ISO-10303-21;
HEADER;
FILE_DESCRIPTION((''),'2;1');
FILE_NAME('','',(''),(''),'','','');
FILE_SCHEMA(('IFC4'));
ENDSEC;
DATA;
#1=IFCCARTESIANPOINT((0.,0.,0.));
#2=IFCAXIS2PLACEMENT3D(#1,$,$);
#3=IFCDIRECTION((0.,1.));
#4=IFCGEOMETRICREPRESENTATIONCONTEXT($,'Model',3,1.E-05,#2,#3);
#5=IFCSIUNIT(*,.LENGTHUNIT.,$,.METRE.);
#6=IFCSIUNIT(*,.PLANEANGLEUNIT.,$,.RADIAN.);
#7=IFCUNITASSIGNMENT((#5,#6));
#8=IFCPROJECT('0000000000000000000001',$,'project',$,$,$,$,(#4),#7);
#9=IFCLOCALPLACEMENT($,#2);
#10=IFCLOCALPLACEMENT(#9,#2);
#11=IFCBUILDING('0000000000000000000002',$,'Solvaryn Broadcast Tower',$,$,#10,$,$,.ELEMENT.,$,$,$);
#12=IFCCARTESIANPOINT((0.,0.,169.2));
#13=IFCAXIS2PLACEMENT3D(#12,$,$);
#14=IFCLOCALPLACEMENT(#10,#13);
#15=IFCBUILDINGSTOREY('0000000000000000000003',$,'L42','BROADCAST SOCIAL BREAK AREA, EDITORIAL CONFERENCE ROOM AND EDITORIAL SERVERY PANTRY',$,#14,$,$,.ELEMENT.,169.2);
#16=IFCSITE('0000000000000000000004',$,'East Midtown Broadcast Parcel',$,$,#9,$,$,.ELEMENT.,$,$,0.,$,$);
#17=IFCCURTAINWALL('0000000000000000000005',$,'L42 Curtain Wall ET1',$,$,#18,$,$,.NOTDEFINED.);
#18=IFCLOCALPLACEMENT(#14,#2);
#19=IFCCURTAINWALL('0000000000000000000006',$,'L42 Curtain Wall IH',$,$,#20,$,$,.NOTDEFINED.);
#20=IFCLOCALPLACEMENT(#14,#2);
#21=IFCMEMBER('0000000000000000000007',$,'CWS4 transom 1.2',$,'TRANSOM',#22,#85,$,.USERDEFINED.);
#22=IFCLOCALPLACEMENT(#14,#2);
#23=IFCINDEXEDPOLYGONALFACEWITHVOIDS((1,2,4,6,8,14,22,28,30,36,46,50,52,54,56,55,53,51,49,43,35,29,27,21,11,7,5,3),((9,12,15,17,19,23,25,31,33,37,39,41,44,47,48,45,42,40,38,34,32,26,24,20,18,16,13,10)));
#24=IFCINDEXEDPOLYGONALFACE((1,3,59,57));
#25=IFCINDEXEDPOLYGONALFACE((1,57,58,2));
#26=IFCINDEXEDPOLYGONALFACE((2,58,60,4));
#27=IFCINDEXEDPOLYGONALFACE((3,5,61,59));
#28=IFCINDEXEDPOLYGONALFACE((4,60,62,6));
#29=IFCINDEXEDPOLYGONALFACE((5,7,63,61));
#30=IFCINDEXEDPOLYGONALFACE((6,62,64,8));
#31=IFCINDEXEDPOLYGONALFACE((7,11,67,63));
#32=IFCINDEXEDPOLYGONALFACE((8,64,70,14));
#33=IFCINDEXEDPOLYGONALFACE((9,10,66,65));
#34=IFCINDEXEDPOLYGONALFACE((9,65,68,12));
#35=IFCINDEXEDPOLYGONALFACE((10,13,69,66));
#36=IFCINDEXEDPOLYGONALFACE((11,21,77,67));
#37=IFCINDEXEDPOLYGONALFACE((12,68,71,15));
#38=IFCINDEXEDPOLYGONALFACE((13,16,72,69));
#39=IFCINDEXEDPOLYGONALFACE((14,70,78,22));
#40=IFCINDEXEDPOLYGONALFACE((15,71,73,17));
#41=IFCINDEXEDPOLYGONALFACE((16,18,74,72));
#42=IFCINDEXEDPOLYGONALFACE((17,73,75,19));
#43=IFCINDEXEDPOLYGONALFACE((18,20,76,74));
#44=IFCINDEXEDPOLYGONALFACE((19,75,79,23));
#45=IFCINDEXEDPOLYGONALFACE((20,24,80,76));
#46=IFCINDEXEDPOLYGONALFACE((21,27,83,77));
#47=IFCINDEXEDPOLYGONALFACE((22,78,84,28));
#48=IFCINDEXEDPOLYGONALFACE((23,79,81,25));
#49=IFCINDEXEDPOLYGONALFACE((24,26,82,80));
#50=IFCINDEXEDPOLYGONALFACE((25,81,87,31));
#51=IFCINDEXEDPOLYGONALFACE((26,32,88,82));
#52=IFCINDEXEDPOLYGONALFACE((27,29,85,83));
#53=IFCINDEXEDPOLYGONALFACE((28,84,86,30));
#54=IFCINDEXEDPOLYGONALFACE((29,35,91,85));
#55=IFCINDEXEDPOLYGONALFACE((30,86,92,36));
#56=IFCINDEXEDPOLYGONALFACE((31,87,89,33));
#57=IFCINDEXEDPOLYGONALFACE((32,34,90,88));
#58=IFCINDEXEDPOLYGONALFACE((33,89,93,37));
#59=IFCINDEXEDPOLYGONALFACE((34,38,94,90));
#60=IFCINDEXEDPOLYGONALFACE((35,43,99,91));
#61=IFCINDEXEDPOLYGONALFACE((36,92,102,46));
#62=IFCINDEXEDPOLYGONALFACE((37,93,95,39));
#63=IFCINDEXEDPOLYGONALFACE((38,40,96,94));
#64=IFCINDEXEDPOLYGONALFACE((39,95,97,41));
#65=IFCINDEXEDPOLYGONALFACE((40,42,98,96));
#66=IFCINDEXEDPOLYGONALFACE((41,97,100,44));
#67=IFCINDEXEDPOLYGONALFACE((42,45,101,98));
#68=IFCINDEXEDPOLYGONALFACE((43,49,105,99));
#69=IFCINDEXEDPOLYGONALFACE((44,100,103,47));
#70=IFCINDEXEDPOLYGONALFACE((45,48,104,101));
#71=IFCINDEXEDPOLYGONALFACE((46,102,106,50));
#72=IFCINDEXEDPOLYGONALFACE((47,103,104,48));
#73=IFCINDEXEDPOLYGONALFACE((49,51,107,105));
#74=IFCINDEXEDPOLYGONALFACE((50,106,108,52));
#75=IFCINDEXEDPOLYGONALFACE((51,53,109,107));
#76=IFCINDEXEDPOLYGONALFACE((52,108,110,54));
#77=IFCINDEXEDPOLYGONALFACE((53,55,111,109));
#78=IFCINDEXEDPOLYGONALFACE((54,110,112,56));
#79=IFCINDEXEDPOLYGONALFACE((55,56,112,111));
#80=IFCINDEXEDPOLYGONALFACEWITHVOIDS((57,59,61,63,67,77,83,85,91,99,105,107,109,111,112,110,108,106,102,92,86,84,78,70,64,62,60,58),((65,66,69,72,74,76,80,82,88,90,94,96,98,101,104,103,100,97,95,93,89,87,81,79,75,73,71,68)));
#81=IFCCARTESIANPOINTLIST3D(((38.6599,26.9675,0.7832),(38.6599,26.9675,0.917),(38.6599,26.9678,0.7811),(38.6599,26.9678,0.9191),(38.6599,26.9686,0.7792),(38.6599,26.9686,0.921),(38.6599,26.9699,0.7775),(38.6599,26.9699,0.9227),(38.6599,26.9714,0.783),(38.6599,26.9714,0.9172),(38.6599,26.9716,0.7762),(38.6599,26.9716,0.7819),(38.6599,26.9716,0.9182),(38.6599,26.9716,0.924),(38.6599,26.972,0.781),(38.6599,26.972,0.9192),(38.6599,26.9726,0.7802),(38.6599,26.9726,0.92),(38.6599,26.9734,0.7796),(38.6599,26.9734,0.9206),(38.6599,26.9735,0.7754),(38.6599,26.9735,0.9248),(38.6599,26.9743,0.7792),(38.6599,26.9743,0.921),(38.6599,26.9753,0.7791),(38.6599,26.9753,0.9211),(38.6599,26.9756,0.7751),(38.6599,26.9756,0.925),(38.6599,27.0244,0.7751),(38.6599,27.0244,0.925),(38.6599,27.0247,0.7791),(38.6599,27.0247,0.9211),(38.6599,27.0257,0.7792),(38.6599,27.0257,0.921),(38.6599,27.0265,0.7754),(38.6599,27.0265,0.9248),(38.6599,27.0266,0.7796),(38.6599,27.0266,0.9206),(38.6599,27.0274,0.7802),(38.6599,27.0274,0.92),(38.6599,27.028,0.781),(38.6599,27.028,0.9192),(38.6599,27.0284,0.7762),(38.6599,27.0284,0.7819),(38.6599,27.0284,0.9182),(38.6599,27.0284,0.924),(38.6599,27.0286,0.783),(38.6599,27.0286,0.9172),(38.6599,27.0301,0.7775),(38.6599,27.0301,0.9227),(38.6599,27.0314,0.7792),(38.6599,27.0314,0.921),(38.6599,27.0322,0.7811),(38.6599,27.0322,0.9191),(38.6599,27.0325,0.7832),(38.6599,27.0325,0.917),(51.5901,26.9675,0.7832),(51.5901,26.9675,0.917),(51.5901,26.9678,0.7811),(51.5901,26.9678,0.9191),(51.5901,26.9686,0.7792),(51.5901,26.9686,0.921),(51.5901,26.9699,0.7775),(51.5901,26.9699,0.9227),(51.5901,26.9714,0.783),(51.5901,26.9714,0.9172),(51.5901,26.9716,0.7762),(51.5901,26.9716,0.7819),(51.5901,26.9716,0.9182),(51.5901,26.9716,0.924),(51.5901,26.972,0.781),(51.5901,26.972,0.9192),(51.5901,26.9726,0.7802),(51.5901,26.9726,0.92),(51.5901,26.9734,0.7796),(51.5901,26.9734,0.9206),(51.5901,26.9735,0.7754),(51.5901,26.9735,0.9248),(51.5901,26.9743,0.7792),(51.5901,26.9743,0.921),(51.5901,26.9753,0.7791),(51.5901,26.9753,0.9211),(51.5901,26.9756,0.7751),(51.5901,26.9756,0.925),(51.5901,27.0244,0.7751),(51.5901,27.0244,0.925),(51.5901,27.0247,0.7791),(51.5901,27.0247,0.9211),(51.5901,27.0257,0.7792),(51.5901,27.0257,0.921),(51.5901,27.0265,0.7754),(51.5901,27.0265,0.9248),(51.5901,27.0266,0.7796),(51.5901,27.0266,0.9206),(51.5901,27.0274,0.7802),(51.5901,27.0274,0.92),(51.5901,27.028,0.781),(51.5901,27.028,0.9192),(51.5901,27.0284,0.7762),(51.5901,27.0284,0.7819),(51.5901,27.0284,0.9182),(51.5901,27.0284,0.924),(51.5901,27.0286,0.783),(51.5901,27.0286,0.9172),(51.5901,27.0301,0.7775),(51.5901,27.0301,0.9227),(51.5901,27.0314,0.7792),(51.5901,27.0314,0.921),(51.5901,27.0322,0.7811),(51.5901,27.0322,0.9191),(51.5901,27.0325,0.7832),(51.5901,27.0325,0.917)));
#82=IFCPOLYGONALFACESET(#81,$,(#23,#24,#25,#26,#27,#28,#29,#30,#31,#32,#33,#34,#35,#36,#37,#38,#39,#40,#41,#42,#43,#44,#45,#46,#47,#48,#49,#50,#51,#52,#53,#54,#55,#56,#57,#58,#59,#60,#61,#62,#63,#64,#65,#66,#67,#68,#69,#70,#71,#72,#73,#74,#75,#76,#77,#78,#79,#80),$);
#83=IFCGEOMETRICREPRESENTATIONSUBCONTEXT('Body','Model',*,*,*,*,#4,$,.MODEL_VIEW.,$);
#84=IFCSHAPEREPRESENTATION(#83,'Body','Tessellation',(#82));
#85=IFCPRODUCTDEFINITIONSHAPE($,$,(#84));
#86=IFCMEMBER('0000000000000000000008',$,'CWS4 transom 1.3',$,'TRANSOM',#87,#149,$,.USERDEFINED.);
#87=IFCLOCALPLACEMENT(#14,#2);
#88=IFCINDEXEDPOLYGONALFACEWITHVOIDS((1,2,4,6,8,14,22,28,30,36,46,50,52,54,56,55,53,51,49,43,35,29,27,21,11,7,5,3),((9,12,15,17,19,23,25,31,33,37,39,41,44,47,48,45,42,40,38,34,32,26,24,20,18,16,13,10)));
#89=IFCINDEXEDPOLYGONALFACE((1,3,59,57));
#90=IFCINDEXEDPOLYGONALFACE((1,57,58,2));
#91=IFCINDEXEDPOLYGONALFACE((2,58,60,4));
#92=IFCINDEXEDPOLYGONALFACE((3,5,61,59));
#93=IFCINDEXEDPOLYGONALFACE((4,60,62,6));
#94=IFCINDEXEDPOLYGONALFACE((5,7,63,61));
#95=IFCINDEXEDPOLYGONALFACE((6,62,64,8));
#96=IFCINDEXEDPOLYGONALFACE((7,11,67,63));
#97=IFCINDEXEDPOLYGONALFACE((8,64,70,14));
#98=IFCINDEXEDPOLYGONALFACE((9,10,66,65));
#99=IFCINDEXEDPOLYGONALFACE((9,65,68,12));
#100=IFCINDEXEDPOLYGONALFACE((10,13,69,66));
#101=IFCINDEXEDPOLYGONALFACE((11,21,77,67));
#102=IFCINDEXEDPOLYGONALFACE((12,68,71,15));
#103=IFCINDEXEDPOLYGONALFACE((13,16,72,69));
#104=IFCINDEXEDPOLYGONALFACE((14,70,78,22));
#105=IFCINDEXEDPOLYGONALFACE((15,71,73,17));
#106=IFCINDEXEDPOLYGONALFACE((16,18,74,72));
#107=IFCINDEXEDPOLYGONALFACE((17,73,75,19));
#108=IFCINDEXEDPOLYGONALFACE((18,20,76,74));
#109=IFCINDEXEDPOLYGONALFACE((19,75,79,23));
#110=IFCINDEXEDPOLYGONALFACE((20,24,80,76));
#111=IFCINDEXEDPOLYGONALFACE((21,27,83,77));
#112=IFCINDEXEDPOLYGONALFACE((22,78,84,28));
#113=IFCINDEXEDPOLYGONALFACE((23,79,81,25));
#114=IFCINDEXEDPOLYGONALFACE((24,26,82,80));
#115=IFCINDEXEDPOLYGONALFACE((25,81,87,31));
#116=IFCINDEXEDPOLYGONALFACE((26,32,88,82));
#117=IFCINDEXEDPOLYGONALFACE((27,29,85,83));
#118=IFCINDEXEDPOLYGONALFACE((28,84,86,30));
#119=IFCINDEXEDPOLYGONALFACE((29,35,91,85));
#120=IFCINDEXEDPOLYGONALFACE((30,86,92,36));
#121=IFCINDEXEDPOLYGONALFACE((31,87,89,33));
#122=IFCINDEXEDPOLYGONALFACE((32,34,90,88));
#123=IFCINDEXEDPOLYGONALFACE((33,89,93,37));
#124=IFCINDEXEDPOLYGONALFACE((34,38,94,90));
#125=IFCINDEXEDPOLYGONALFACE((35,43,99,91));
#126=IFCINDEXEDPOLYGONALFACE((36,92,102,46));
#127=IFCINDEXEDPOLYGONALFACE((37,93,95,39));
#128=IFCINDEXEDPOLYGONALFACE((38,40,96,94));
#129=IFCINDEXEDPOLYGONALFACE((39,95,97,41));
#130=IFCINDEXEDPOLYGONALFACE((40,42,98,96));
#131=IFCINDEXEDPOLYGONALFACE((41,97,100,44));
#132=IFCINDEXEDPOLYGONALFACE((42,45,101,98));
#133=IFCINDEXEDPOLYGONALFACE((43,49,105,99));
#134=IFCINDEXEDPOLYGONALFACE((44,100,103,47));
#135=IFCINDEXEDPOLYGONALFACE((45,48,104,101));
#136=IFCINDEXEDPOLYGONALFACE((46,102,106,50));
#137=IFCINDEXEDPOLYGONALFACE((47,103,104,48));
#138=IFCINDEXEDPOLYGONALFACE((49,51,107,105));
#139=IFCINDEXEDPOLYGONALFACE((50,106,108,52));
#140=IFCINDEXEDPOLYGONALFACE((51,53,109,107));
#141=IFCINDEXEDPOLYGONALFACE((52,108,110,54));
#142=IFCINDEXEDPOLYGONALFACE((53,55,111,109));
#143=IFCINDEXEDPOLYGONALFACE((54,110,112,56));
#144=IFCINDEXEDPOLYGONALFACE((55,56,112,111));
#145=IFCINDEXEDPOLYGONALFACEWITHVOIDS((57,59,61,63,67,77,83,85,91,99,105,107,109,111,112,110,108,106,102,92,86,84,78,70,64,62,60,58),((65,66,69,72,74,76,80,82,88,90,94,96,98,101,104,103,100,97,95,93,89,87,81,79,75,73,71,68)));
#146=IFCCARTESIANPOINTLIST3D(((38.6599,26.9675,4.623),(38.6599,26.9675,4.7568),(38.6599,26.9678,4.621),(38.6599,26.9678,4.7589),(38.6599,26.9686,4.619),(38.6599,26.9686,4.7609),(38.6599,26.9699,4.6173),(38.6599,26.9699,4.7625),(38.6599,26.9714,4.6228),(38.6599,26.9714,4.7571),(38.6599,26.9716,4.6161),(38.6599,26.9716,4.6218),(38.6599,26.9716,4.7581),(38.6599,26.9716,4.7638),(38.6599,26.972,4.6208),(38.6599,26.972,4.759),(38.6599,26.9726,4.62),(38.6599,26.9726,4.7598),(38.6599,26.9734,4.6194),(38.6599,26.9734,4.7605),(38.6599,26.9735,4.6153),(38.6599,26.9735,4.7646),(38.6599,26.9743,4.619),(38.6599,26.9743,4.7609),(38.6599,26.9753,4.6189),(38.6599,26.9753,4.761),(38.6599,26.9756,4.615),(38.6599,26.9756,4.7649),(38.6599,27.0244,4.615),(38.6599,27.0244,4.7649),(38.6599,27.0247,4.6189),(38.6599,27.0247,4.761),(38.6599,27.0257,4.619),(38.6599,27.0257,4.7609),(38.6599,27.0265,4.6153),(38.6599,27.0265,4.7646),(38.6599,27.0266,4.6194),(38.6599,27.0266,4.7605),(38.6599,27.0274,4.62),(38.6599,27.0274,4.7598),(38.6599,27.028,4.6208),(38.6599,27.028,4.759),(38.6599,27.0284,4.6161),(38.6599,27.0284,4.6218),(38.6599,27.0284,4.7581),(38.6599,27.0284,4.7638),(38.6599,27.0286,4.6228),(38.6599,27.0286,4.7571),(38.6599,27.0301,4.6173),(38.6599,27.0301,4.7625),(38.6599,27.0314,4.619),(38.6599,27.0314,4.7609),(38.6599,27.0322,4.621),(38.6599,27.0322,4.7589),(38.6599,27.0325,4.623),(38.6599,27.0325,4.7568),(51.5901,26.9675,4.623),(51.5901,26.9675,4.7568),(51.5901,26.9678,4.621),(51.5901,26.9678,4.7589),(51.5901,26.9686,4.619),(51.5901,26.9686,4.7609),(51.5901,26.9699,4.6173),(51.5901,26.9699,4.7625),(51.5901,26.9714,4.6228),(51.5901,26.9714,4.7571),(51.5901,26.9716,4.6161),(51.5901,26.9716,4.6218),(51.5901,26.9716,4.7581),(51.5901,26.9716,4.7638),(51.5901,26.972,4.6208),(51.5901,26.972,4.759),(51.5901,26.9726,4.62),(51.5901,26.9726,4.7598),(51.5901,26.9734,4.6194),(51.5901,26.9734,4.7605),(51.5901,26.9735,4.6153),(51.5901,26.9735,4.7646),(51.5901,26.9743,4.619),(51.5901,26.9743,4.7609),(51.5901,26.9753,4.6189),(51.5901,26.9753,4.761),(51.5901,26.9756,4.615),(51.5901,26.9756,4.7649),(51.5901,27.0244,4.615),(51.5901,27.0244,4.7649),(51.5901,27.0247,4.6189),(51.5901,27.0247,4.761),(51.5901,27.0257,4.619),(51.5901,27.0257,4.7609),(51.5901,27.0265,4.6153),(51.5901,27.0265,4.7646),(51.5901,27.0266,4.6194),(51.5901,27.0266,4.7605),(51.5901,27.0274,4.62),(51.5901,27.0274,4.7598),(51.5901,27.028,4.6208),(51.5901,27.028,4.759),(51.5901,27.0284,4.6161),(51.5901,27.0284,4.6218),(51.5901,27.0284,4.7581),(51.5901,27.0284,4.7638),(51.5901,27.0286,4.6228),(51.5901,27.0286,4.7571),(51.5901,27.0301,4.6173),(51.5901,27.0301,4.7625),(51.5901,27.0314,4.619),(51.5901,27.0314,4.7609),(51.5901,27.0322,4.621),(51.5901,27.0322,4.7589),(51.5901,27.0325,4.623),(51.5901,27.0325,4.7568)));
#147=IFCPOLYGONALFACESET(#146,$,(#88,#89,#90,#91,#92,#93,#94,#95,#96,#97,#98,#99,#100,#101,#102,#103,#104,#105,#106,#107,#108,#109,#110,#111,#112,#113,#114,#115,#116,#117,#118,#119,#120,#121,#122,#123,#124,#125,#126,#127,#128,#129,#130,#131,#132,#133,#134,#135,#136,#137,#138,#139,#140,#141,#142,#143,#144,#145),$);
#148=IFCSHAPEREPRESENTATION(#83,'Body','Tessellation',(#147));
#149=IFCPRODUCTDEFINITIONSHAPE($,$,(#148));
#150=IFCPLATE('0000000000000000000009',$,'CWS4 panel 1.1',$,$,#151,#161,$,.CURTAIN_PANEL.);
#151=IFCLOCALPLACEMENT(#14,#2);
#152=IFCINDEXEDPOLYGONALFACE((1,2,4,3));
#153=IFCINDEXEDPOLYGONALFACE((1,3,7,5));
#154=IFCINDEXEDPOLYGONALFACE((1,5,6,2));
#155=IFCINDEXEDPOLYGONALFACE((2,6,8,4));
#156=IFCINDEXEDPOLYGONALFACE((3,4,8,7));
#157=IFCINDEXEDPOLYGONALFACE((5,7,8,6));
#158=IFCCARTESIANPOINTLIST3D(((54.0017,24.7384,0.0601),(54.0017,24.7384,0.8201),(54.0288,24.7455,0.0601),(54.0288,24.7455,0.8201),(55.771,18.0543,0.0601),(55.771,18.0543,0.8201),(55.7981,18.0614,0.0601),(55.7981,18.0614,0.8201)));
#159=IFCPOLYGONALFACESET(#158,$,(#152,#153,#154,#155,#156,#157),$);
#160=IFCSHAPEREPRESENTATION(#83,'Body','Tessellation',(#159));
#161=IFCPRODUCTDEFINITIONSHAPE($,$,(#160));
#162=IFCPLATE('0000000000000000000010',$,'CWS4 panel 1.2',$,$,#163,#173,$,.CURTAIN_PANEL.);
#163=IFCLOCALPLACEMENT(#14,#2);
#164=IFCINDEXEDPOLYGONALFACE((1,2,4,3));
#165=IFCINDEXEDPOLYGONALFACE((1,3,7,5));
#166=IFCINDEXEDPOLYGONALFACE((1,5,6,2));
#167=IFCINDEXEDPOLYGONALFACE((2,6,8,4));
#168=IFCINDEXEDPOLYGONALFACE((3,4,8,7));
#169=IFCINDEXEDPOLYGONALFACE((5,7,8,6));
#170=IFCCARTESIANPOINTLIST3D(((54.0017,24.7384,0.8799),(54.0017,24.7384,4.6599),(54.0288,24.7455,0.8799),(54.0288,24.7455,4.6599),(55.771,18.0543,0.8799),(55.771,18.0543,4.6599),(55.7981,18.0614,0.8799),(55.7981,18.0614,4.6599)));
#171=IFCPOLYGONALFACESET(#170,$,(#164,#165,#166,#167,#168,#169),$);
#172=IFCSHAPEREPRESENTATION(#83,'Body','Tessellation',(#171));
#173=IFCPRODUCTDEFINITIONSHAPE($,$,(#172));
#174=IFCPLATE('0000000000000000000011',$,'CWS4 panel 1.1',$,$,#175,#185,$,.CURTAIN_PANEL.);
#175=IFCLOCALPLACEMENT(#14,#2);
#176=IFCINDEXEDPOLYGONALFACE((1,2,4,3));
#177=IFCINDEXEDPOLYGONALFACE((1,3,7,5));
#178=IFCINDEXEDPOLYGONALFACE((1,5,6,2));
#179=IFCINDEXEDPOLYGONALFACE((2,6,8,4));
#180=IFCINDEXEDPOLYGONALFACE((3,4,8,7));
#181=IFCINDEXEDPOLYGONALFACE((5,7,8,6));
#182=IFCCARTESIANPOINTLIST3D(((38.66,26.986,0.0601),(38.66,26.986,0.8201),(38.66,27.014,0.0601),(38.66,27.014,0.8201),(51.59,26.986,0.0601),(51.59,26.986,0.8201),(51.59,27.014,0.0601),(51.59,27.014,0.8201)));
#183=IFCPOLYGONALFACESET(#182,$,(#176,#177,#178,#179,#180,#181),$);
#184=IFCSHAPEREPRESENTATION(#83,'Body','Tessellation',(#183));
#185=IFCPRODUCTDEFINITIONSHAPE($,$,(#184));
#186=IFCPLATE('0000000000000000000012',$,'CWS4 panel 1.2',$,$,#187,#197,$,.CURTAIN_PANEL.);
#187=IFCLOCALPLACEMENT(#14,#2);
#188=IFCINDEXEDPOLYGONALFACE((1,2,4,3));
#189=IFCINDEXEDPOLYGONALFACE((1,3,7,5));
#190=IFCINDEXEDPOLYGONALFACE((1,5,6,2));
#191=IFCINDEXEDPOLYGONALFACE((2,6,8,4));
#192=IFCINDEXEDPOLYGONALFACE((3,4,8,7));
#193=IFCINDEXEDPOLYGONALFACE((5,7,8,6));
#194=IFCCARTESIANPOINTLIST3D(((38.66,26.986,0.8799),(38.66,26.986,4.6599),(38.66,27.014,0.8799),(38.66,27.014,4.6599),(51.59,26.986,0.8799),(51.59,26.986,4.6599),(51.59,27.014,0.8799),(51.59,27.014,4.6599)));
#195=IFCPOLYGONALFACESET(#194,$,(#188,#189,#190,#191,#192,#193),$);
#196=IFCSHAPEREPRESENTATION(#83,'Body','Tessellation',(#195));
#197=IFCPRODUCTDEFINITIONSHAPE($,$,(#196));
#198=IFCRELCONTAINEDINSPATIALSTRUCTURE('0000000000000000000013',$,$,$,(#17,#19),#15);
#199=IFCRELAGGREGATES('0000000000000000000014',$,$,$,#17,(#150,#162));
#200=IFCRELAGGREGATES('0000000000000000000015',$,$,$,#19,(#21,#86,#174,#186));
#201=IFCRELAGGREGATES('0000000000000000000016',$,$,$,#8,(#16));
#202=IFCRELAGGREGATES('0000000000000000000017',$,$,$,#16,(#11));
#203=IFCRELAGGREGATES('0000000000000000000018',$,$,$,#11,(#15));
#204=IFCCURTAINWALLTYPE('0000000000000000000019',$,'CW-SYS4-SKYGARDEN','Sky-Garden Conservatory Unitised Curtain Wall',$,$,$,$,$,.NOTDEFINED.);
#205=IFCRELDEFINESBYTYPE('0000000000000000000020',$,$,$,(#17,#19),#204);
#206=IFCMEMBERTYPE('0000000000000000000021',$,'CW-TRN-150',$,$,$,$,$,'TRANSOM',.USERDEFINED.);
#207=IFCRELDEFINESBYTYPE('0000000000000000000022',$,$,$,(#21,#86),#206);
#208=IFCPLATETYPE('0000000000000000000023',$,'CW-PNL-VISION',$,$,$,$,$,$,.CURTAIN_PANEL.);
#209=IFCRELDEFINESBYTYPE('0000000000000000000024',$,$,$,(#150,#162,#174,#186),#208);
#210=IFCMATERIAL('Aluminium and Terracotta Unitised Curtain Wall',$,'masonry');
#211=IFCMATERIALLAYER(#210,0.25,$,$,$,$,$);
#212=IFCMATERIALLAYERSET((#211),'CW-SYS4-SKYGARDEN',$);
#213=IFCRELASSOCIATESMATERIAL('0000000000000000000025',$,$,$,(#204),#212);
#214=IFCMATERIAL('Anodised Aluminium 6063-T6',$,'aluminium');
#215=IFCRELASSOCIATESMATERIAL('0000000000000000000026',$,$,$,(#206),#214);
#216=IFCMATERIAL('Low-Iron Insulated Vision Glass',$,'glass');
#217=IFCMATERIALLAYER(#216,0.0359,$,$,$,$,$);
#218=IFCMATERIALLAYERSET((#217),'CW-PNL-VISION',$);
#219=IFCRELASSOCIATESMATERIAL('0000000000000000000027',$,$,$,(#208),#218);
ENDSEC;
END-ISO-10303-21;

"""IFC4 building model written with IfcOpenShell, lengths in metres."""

from ifc_helpers import new_model, si_unit, direction, frame, origin, origin_2d, place, context, subcontext, project, spatial, rectangle, hollow_rectangle, extrude, material, layer, layer_set, material_profile, profile_set, type_object, element, aggregate, save


model = new_model("IFC4")

# Units and contexts
model_context = context("Model", 3, precision=1e-05, world=origin(), true_north=direction((0.0, 1.0)))
body_context = subcontext(model_context, "Body", "Model", "MODEL_VIEW")
ifc_project = project(units=[si_unit("LENGTHUNIT", "METRE"), si_unit("PLANEANGLEUNIT", "RADIAN")], contexts=[model_context])

# Site, building, storey
site_placement = place(None, origin())
site = spatial("IfcSite", under=ifc_project, at=site_placement, Name="East Midtown Broadcast Parcel", CompositionType="ELEMENT", RefElevation=0.0)
building_placement = place(site_placement, origin())
building = spatial("IfcBuilding", under=site, at=building_placement, Name="Solvaryn Broadcast Tower", CompositionType="ELEMENT")
storey_placement = place(building_placement, frame((0.0, 0.0, 169.2)))
storey = spatial("IfcBuildingStorey", under=building, at=storey_placement, Name="L42", Description="BROADCAST SOCIAL BREAK AREA, EDITORIAL CONFERENCE ROOM AND EDITORIAL SERVERY PANTRY", CompositionType="ELEMENT", Elevation=169.2)

# Curtain walls
ifc_material_1 = material(Name="Aluminium and Terracotta Unitised Curtain Wall", Category="masonry")
ifc_layer_1 = layer(ifc_material_1, 0.25)
ifc_layer_set_1 = layer_set([ifc_layer_1], Name="CW-SYS4-SKYGARDEN")
curtain_wall_type = type_object("IfcCurtainWallType", Name="CW-SYS4-SKYGARDEN", Description="Sky-Garden Conservatory Unitised Curtain Wall", PredefinedType="NOTDEFINED", material=ifc_layer_set_1)
curtain_wall_1_placement = place(storey_placement, origin())
curtain_wall_1 = element("IfcCurtainWall", 1, at=curtain_wall_1_placement, inside=storey, type_object=curtain_wall_type, Name="L42 Curtain Wall ET1", PredefinedType="NOTDEFINED")
curtain_wall_2_placement = place(storey_placement, origin())
curtain_wall_2 = element("IfcCurtainWall", 2, at=curtain_wall_2_placement, inside=storey, type_object=curtain_wall_type, Name="L42 Curtain Wall IH", PredefinedType="NOTDEFINED")

# Members
ifc_material_2 = material(Name="Anodised Aluminium 6063-T6", Category="aluminium")
ifc_material_profile_1 = material_profile(ifc_material_2, hollow_rectangle(XDim=0.0649, YDim=0.1499, WallThickness=0.0039, InnerFilletRadius=0.0039, OuterFilletRadius=0.0081, at=origin_2d()))
ifc_profile_set_1 = profile_set([ifc_material_profile_1], Name="Anodised Aluminium 6063-T6")
member_type_1 = type_object("IfcMemberType", Name="CW-TRN-150", ElementType="TRANSOM", PredefinedType="USERDEFINED", material=ifc_profile_set_1)
member_1_placement = place(storey_placement, frame((38.6599, 27.0, 0.8501), z_axis=(1.0, 0.0, 0.0), x_axis=(0.0, 1.0, 0.0)))
member_1 = element("IfcMember", 3, at=member_1_placement, type_object=member_type_1, Name="CWS4 transom 1.2", ObjectType="TRANSOM", PredefinedType="USERDEFINED", context=body_context, shape_type="SweptSolid", body=[
    extrude(hollow_rectangle(XDim=0.0649, YDim=0.1499, WallThickness=0.0039, InnerFilletRadius=0.0039, OuterFilletRadius=0.0081, at=origin_2d()), origin(), (0.0, 0.0, 1.0), 12.9302),
])
member_2_placement = place(storey_placement, frame((38.6599, 27.0, 4.6899), z_axis=(1.0, 0.0, 0.0), x_axis=(0.0, 1.0, 0.0)))
member_2 = element("IfcMember", 4, at=member_2_placement, type_object=member_type_1, Name="CWS4 transom 1.3", ObjectType="TRANSOM", PredefinedType="USERDEFINED", context=body_context, shape_type="SweptSolid", body=[
    extrude(hollow_rectangle(XDim=0.0649, YDim=0.1499, WallThickness=0.0039, InnerFilletRadius=0.0039, OuterFilletRadius=0.0081, at=origin_2d()), origin(), (0.0, 0.0, 1.0), 12.9302),
])

# Plates
ifc_material_3 = material(Name="Low-Iron Insulated Vision Glass", Category="glass")
ifc_layer_2 = layer(ifc_material_3, 0.0359)
ifc_layer_set_2 = layer_set([ifc_layer_2], Name="CW-PNL-VISION")
plate_type = type_object("IfcPlateType", Name="CW-PNL-VISION", PredefinedType="CURTAIN_PANEL", material=ifc_layer_set_2)
plate_1_placement = place(storey_placement, frame((54.8999, 21.3999, 0.0601), z_axis=(0.0, 0.0, 1.0), x_axis=(0.255893, -0.966705, 0.0)))
plate_1 = element("IfcPlate", 5, at=plate_1_placement, type_object=plate_type, Name="CWS4 panel 1.1", PredefinedType="CURTAIN_PANEL", context=body_context, shape_type="SweptSolid", body=[
    extrude(rectangle(XDim=6.9143, YDim=0.0281, at=origin_2d()), origin(), (0.0, 0.0, 1.0), 0.76),
])
plate_2_placement = place(storey_placement, frame((54.8999, 21.3999, 0.8799), z_axis=(0.0, 0.0, 1.0), x_axis=(0.255893, -0.966705, 0.0)))
plate_2 = element("IfcPlate", 6, at=plate_2_placement, type_object=plate_type, Name="CWS4 panel 1.2", PredefinedType="CURTAIN_PANEL", context=body_context, shape_type="SweptSolid", body=[
    extrude(rectangle(XDim=6.9143, YDim=0.0281, at=origin_2d()), origin(), (0.0, 0.0, 1.0), 3.78),
])
aggregate(curtain_wall_1, [plate_1, plate_2])
plate_3_placement = place(storey_placement, frame((45.125, 27.0, 0.0601), z_axis=(0.0, 0.0, 1.0), x_axis=(1.0, 0.0, 0.0)))
plate_3 = element("IfcPlate", 7, at=plate_3_placement, type_object=plate_type, Name="CWS4 panel 1.1", PredefinedType="CURTAIN_PANEL", context=body_context, shape_type="SweptSolid", body=[
    extrude(rectangle(XDim=12.9299, YDim=0.0281, at=origin_2d()), origin(), (0.0, 0.0, 1.0), 0.76),
])
plate_4_placement = place(storey_placement, frame((45.125, 27.0, 0.8799), z_axis=(0.0, 0.0, 1.0), x_axis=(1.0, 0.0, 0.0)))
plate_4 = element("IfcPlate", 8, at=plate_4_placement, type_object=plate_type, Name="CWS4 panel 1.2", PredefinedType="CURTAIN_PANEL", context=body_context, shape_type="SweptSolid", body=[
    extrude(rectangle(XDim=12.9299, YDim=0.0281, at=origin_2d()), origin(), (0.0, 0.0, 1.0), 3.78),
])
aggregate(curtain_wall_2, [member_1, member_2, plate_3, plate_4])

save(model, "model.ifc")
